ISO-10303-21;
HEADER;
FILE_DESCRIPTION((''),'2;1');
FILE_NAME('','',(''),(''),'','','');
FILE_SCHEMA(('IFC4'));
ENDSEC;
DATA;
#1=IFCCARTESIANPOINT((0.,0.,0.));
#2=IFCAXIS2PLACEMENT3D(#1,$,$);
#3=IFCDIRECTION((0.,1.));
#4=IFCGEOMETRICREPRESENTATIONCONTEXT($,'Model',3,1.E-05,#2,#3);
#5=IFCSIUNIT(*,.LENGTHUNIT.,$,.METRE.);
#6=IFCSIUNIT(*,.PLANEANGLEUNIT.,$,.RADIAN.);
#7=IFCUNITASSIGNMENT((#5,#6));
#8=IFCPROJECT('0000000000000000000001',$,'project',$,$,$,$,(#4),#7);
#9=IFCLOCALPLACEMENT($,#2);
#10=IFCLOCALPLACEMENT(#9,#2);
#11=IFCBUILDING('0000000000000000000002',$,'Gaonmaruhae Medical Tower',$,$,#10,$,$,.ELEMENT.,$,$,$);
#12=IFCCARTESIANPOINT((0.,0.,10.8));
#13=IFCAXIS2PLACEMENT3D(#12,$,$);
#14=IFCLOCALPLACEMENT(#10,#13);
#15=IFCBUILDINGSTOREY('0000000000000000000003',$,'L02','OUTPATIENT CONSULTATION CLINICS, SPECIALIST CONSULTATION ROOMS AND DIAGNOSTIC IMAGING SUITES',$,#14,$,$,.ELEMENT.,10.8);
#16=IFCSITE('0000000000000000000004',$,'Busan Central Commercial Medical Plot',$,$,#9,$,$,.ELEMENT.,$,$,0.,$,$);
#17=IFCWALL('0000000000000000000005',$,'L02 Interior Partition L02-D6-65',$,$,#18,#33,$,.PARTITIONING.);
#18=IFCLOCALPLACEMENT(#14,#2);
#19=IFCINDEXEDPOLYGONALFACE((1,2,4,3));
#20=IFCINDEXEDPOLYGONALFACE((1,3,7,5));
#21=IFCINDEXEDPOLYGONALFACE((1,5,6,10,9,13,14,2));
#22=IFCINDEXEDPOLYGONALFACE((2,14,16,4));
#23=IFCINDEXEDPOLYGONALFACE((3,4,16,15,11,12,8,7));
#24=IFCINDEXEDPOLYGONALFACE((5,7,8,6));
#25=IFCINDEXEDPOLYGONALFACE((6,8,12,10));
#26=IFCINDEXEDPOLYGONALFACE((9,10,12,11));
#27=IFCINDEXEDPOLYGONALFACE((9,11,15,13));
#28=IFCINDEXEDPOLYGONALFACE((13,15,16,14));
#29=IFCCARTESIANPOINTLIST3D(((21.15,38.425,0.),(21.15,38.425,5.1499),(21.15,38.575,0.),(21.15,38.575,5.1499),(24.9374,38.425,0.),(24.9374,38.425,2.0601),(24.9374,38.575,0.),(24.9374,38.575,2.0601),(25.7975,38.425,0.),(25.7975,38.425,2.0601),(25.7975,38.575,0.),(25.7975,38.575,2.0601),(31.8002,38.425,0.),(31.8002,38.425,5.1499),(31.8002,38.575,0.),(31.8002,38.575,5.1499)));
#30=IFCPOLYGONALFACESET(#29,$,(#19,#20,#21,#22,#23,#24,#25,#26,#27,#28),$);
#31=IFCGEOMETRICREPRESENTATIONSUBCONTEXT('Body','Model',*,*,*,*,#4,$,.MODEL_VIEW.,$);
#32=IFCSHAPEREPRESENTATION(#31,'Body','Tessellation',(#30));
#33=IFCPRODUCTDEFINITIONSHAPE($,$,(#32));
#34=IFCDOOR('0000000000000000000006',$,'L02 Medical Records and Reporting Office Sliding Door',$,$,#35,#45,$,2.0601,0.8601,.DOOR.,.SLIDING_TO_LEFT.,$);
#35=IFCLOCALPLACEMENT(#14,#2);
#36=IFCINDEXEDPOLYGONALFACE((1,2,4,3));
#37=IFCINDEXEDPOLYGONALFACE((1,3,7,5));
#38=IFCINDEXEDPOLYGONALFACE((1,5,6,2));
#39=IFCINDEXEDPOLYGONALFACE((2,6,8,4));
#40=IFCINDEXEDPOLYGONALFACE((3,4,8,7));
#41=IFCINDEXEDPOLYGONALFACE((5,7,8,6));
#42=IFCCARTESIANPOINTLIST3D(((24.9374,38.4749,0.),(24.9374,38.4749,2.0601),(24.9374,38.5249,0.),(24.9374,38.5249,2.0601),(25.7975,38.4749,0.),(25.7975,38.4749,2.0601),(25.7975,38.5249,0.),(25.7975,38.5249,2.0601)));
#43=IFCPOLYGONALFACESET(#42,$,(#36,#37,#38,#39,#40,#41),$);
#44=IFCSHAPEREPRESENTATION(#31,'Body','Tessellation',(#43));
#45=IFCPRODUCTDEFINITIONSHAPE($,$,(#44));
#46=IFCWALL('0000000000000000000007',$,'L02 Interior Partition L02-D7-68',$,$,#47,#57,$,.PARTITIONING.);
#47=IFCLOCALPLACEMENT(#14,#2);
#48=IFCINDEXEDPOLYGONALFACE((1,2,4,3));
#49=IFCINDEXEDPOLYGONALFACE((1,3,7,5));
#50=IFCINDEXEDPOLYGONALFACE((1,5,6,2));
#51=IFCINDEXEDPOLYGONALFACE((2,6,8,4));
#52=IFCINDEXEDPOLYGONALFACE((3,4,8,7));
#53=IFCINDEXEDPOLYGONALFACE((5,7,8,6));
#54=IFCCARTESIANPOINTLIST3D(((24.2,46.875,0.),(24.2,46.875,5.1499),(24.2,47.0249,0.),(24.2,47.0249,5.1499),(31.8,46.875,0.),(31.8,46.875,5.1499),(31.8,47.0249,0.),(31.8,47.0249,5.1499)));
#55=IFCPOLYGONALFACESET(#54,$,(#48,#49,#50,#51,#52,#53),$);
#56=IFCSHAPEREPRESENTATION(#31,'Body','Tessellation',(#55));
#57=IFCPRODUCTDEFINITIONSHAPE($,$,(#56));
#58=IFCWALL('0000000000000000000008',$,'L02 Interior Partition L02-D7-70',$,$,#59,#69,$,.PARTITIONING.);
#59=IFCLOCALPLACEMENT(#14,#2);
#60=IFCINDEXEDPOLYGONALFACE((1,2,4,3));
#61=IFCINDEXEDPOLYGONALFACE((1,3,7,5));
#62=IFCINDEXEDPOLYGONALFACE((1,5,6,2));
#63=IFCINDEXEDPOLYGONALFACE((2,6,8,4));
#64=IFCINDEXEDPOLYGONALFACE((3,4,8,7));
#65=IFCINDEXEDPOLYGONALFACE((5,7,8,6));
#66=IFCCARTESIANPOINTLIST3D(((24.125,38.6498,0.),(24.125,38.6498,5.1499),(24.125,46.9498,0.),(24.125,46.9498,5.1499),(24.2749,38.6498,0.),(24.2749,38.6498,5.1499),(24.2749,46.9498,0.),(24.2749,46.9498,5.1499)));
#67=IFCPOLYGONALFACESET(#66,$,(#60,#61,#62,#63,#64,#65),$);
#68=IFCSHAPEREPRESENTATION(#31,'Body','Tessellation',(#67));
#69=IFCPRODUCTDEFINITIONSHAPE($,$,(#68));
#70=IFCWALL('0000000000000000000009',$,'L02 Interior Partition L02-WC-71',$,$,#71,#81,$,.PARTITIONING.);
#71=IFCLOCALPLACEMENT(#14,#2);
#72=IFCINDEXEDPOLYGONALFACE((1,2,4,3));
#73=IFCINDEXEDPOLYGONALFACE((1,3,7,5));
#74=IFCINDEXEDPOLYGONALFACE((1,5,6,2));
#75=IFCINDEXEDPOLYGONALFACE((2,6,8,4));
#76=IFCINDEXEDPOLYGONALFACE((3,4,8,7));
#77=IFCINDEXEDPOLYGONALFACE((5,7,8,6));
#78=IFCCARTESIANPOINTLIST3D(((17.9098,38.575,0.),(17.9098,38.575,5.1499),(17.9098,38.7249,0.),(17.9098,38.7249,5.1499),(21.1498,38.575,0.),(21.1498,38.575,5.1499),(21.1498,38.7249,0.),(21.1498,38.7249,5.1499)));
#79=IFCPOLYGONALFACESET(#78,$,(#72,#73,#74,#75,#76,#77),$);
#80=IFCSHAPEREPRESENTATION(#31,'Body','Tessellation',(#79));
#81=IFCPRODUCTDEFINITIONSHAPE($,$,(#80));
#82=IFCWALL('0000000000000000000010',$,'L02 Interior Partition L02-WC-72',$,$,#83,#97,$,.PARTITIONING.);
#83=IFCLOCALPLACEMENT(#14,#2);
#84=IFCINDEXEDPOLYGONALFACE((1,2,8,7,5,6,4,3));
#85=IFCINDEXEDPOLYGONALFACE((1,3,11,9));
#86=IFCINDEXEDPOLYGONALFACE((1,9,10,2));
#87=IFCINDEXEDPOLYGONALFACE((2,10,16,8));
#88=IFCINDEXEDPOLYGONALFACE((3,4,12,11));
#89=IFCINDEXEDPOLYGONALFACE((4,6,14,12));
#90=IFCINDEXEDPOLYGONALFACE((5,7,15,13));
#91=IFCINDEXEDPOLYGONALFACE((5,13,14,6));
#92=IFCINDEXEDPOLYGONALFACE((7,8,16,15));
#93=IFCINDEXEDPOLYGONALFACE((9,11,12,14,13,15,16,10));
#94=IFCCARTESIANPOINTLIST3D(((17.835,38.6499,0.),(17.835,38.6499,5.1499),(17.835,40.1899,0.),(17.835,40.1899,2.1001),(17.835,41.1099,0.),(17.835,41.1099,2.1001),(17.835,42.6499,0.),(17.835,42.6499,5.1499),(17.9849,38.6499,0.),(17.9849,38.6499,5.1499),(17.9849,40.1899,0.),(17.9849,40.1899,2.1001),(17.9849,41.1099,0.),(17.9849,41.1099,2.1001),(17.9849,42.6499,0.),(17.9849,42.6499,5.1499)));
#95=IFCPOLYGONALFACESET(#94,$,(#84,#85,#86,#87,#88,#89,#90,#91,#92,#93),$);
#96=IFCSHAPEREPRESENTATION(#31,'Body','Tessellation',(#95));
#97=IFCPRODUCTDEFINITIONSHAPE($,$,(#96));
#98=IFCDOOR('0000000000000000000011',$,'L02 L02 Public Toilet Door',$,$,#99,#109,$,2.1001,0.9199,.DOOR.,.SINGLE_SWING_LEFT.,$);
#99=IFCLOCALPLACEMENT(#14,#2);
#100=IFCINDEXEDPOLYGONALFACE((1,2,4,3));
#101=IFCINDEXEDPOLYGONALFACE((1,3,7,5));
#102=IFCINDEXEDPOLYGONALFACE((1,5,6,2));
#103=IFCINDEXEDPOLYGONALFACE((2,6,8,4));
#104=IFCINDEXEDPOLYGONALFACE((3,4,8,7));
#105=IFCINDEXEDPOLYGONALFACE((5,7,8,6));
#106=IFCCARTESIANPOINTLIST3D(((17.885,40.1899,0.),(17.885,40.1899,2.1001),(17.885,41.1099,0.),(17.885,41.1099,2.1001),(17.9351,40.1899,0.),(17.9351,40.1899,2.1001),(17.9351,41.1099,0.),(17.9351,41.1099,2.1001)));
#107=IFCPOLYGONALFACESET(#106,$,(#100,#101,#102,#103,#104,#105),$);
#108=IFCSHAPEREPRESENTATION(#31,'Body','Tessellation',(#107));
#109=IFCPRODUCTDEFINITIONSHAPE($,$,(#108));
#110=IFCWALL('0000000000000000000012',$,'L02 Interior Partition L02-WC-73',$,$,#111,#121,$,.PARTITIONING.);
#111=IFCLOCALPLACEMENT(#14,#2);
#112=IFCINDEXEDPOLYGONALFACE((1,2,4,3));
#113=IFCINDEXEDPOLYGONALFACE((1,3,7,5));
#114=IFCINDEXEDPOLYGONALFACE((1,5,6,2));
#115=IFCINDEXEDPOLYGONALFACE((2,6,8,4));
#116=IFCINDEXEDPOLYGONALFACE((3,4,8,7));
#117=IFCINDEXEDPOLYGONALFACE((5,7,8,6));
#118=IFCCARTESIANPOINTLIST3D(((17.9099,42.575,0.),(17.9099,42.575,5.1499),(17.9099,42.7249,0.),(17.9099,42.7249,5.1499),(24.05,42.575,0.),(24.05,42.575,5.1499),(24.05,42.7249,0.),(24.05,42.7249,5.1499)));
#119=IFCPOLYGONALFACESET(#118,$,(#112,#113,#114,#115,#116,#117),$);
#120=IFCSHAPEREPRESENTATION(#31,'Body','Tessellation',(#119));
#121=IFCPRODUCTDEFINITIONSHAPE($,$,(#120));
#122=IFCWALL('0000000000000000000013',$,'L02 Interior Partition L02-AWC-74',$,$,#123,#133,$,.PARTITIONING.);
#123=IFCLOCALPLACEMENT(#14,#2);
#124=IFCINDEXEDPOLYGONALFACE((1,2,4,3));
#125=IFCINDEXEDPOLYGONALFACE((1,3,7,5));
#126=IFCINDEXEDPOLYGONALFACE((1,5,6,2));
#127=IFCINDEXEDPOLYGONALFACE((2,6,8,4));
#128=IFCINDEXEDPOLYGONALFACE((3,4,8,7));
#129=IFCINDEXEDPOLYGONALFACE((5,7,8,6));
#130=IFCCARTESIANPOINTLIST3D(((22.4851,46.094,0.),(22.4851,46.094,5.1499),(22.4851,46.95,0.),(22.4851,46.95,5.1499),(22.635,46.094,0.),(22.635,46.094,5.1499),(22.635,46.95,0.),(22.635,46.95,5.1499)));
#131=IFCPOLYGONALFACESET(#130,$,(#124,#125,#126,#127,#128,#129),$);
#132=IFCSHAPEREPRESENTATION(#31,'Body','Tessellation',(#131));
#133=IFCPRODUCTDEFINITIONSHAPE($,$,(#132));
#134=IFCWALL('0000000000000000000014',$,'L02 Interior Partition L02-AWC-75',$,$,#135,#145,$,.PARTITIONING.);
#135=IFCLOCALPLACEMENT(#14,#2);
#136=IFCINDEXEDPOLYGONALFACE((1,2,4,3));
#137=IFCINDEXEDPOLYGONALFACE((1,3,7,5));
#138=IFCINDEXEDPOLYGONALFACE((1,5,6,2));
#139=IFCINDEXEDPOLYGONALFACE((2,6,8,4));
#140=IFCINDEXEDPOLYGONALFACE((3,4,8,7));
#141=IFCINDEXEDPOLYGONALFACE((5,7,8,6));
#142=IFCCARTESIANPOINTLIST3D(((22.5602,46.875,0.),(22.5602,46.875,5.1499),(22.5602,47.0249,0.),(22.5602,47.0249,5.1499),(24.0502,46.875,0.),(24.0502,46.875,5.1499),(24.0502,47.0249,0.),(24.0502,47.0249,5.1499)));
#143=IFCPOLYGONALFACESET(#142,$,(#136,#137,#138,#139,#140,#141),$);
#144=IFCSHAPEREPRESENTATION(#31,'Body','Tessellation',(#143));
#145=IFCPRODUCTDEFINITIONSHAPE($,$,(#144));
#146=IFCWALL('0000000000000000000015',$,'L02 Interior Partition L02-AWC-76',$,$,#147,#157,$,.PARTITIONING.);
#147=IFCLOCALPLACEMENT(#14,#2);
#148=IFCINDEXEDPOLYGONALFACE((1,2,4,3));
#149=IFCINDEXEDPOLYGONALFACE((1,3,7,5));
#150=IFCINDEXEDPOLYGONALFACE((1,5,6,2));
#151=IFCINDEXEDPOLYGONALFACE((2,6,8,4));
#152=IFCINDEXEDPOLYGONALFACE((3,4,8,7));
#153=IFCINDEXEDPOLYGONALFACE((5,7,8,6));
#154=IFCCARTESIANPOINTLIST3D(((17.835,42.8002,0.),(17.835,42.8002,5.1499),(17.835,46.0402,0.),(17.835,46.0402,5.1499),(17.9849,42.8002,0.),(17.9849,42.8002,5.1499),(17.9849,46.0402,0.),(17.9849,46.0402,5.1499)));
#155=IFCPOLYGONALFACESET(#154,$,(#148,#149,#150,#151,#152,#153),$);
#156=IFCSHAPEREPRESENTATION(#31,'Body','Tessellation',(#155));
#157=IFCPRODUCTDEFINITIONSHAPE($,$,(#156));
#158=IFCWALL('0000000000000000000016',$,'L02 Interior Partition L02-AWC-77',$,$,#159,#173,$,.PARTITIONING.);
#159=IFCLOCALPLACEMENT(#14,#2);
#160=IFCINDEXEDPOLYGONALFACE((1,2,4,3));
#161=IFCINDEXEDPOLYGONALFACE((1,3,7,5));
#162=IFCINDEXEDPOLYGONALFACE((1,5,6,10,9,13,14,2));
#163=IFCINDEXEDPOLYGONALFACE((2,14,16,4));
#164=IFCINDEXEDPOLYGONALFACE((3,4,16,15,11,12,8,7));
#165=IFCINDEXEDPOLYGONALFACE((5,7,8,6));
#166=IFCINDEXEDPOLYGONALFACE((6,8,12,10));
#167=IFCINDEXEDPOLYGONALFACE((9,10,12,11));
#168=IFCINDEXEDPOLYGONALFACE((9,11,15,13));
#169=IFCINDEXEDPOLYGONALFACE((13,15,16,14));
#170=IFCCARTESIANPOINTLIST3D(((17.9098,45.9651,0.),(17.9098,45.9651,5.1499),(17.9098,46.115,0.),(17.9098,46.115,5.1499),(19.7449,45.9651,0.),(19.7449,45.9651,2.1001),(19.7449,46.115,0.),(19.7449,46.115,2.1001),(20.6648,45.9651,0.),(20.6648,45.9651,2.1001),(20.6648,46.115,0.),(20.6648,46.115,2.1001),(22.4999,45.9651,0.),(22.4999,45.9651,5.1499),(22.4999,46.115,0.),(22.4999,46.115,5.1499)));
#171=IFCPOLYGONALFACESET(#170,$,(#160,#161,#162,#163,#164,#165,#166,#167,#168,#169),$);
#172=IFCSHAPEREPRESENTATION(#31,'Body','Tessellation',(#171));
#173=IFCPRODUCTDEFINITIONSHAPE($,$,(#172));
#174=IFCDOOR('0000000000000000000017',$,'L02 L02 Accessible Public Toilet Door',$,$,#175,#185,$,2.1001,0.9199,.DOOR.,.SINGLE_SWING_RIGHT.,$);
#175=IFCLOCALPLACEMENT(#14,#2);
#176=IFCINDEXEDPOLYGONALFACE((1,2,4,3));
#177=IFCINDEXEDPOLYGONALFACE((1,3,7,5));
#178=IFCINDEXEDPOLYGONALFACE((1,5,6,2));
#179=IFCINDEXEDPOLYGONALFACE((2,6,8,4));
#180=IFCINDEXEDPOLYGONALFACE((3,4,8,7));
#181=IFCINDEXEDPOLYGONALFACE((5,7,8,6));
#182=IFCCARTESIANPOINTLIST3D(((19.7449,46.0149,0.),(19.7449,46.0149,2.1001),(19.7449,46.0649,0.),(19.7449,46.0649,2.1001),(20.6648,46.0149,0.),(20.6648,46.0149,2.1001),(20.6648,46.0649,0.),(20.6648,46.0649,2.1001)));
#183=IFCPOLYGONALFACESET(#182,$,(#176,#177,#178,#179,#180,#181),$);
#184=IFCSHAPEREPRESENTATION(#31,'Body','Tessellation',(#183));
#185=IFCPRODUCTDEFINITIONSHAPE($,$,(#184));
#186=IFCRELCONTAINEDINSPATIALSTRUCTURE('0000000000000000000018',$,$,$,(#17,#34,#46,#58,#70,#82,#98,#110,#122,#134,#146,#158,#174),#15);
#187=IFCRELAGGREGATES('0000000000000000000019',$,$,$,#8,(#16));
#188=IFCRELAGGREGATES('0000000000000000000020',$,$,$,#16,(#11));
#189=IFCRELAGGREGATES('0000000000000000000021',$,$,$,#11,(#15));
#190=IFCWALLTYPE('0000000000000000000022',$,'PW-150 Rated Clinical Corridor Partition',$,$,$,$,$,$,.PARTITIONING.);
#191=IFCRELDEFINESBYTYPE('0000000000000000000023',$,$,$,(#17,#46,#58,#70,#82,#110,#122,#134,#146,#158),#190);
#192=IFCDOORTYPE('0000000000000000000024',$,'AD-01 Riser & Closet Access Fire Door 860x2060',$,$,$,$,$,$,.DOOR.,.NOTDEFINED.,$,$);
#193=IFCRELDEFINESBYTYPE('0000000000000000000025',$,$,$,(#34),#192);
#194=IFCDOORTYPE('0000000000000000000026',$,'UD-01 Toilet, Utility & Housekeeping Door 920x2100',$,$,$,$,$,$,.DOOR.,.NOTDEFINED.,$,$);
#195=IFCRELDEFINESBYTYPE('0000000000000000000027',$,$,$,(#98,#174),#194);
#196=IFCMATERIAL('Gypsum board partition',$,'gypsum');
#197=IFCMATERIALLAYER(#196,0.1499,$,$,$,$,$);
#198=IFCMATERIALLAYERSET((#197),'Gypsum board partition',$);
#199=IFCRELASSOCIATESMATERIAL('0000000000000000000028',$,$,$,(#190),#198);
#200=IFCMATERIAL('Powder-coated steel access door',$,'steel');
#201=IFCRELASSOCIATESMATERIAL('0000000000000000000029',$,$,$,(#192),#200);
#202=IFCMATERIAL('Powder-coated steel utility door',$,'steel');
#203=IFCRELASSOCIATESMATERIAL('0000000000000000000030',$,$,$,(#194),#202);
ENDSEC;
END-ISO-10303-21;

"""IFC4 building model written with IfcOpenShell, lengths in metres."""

from ifc_helpers import new_model, si_unit, direction, frame, frame_2d, origin, place, context, subcontext, project, spatial, rectangle, extrude, material, layer, layer_set, type_object, element, fill, save


model = new_model("IFC4")

# Units and contexts
model_context = context("Model", 3, precision=1e-05, world=origin(), true_north=direction((0.0, 1.0)))
body_context = subcontext(model_context, "Body", "Model", "MODEL_VIEW")
ifc_project = project(units=[si_unit("LENGTHUNIT", "METRE"), si_unit("PLANEANGLEUNIT", "RADIAN")], contexts=[model_context])

# Site, building, storey
site_placement = place(None, origin())
site = spatial("IfcSite", under=ifc_project, at=site_placement, Name="Busan Central Commercial Medical Plot", CompositionType="ELEMENT", RefElevation=0.0)
building_placement = place(site_placement, origin())
building = spatial("IfcBuilding", under=site, at=building_placement, Name="Gaonmaruhae Medical Tower", CompositionType="ELEMENT")
storey_placement = place(building_placement, frame((0.0, 0.0, 10.8)))
storey = spatial("IfcBuildingStorey", under=building, at=storey_placement, Name="L02", Description="OUTPATIENT CONSULTATION CLINICS, SPECIALIST CONSULTATION ROOMS AND DIAGNOSTIC IMAGING SUITES", CompositionType="ELEMENT", Elevation=10.8)

# Wall, opening, door
ifc_material_1 = material(Name="Gypsum board partition", Category="gypsum")
ifc_layer_1 = layer(ifc_material_1, 0.1499)
ifc_layer_set_1 = layer_set([ifc_layer_1], Name="Gypsum board partition")
wall_type_1 = type_object("IfcWallType", Name="PW-150 Rated Clinical Corridor Partition", PredefinedType="PARTITIONING", material=ifc_layer_set_1)
wall_1_placement = place(storey_placement, frame((21.1499, 38.5, 0.0), z_axis=(0.0, 0.0, 1.0), x_axis=(1.0, 0.0, 0.0)))
wall_1 = element("IfcWall", 1, at=wall_1_placement, inside=storey, type_object=wall_type_1, Name="L02 Interior Partition L02-D6-65", PredefinedType="PARTITIONING", context=body_context, shape_type="SweptSolid", body=[
    extrude(rectangle(XDim=10.6501, YDim=0.1499, at=frame_2d((5.3252, 0.0))), origin(), (0.0, 0.0, 1.0), 5.1499),
])
opening_1_placement = place(wall_1_placement, frame((3.7874, 0.0, 0.0)))
opening_1 = element("IfcOpeningElement", 2, at=opening_1_placement, cuts=wall_1, PredefinedType="OPENING", context=body_context, shape_type="SweptSolid", body=[
    extrude(rectangle(XDim=0.8601, YDim=2.0601, at=frame_2d((0.4302, 1.03))), frame((0.0, 0.085, 0.0), z_axis=(0.0, -1.0, 0.0), x_axis=(1.0, 0.0, 0.0)), (0.0, 0.0, 1.0), 0.1699),
])
ifc_material_2 = material(Name="Powder-coated steel access door", Category="steel")
door_type_1 = type_object("IfcDoorType", Name="AD-01 Riser & Closet Access Fire Door 860x2060", OperationType="NOTDEFINED", PredefinedType="DOOR", material=ifc_material_2)
door_1_placement = place(opening_1_placement, origin())
door_1 = element("IfcDoor", 3, at=door_1_placement, inside=storey, type_object=door_type_1, Name="L02 Medical Records and Reporting Office Sliding Door", OperationType="SLIDING_TO_LEFT", OverallHeight=2.0601, OverallWidth=0.8601, PredefinedType="DOOR", context=body_context, shape_type="SweptSolid", body=[
    extrude(rectangle(XDim=0.8601, YDim=2.0601, at=frame_2d((0.4302, 1.03))), frame((0.0, 0.0249, 0.0), z_axis=(0.0, -1.0, 0.0), x_axis=(1.0, 0.0, 0.0)), (0.0, 0.0, 1.0), 0.05),
])
fill(opening_1, door_1)

# Walls
wall_2_placement = place(storey_placement, frame((24.2, 46.95, 0.0), z_axis=(0.0, 0.0, 1.0), x_axis=(1.0, 0.0, 0.0)))
element("IfcWall", 4, at=wall_2_placement, inside=storey, type_object=wall_type_1, Name="L02 Interior Partition L02-D7-68", PredefinedType="PARTITIONING", context=body_context, shape_type="SweptSolid", body=[
    extrude(rectangle(XDim=7.6001, YDim=0.1499, at=frame_2d((3.8, 0.0))), origin(), (0.0, 0.0, 1.0), 5.1499),
])
wall_3_placement = place(storey_placement, frame((24.2, 38.6499, 0.0), z_axis=(0.0, 0.0, 1.0), x_axis=(0.0, 1.0, 0.0)))
element("IfcWall", 5, at=wall_3_placement, inside=storey, type_object=wall_type_1, Name="L02 Interior Partition L02-D7-70", PredefinedType="PARTITIONING", context=body_context, shape_type="SweptSolid", body=[
    extrude(rectangle(XDim=8.3, YDim=0.1499, at=frame_2d((4.1499, 0.0))), origin(), (0.0, 0.0, 1.0), 5.1499),
])
wall_4_placement = place(storey_placement, frame((21.1499, 38.6499, 0.0), z_axis=(0.0, 0.0, 1.0), x_axis=(-1.0, 0.0, 0.0)))
element("IfcWall", 6, at=wall_4_placement, inside=storey, type_object=wall_type_1, Name="L02 Interior Partition L02-WC-71", PredefinedType="PARTITIONING", context=body_context, shape_type="SweptSolid", body=[
    extrude(rectangle(XDim=3.24, YDim=0.1499, at=frame_2d((1.6201, 0.0))), origin(), (0.0, 0.0, 1.0), 5.1499),
])

# Wall, opening, door
wall_5_placement = place(storey_placement, frame((17.9099, 38.6499, 0.0), z_axis=(0.0, 0.0, 1.0), x_axis=(0.0, 1.0, 0.0)))
wall_5 = element("IfcWall", 7, at=wall_5_placement, inside=storey, type_object=wall_type_1, Name="L02 Interior Partition L02-WC-72", PredefinedType="PARTITIONING", context=body_context, shape_type="SweptSolid", body=[
    extrude(rectangle(XDim=4.0, YDim=0.1499, at=frame_2d((2.0, 0.0))), origin(), (0.0, 0.0, 1.0), 5.1499),
])
opening_2_placement = place(wall_5_placement, frame((1.54, 0.0, 0.0)))
opening_2 = element("IfcOpeningElement", 8, at=opening_2_placement, cuts=wall_5, PredefinedType="OPENING", context=body_context, shape_type="SweptSolid", body=[
    extrude(rectangle(XDim=0.9199, YDim=2.1001, at=frame_2d((0.46, 1.05))), frame((0.0, 0.085, 0.0), z_axis=(0.0, -1.0, 0.0), x_axis=(1.0, 0.0, 0.0)), (0.0, 0.0, 1.0), 0.1699),
])
ifc_material_3 = material(Name="Powder-coated steel utility door", Category="steel")
door_type_2 = type_object("IfcDoorType", Name="UD-01 Toilet, Utility & Housekeeping Door 920x2100", OperationType="NOTDEFINED", PredefinedType="DOOR", material=ifc_material_3)
door_2_placement = place(opening_2_placement, origin())
door_2 = element("IfcDoor", 9, at=door_2_placement, inside=storey, type_object=door_type_2, Name="L02 L02 Public Toilet Door", OperationType="SINGLE_SWING_LEFT", OverallHeight=2.1001, OverallWidth=0.9199, PredefinedType="DOOR", context=body_context, shape_type="SweptSolid", body=[
    extrude(rectangle(XDim=0.9199, YDim=2.1001, at=frame_2d((0.46, 1.05))), frame((0.0, 0.0249, 0.0), z_axis=(0.0, -1.0, 0.0), x_axis=(1.0, 0.0, 0.0)), (0.0, 0.0, 1.0), 0.05),
])
fill(opening_2, door_2)

# Walls
wall_6_placement = place(storey_placement, frame((17.9099, 42.6499, 0.0), z_axis=(0.0, 0.0, 1.0), x_axis=(1.0, 0.0, 0.0)))
element("IfcWall", 10, at=wall_6_placement, inside=storey, type_object=wall_type_1, Name="L02 Interior Partition L02-WC-73", PredefinedType="PARTITIONING", context=body_context, shape_type="SweptSolid", body=[
    extrude(rectangle(XDim=6.1401, YDim=0.1499, at=frame_2d((3.0701, 0.0))), origin(), (0.0, 0.0, 1.0), 5.1499),
])
wall_7_placement = place(storey_placement, frame((22.5601, 46.094, 0.0), z_axis=(0.0, 0.0, 1.0), x_axis=(0.0, 1.0, 0.0)))
element("IfcWall", 11, at=wall_7_placement, inside=storey, type_object=wall_type_1, Name="L02 Interior Partition L02-AWC-74", PredefinedType="PARTITIONING", context=body_context, shape_type="SweptSolid", body=[
    extrude(rectangle(XDim=0.856, YDim=0.1499, at=frame_2d((0.428, 0.0))), origin(), (0.0, 0.0, 1.0), 5.1499),
])
wall_8_placement = place(storey_placement, frame((22.5601, 46.95, 0.0), z_axis=(0.0, 0.0, 1.0), x_axis=(1.0, 0.0, 0.0)))
element("IfcWall", 12, at=wall_8_placement, inside=storey, type_object=wall_type_1, Name="L02 Interior Partition L02-AWC-75", PredefinedType="PARTITIONING", context=body_context, shape_type="SweptSolid", body=[
    extrude(rectangle(XDim=1.49, YDim=0.1499, at=frame_2d((0.7451, 0.0))), origin(), (0.0, 0.0, 1.0), 5.1499),
])
wall_9_placement = place(storey_placement, frame((17.9099, 42.8, 0.0), z_axis=(0.0, 0.0, 1.0), x_axis=(0.0, 1.0, 0.0)))
element("IfcWall", 13, at=wall_9_placement, inside=storey, type_object=wall_type_1, Name="L02 Interior Partition L02-AWC-76", PredefinedType="PARTITIONING", context=body_context, shape_type="SweptSolid", body=[
    extrude(rectangle(XDim=3.24, YDim=0.1499, at=frame_2d((1.6201, 0.0))), origin(), (0.0, 0.0, 1.0), 5.1499),
])

# Wall, opening, door
wall_10_placement = place(storey_placement, frame((17.9099, 46.04, 0.0), z_axis=(0.0, 0.0, 1.0), x_axis=(1.0, 0.0, 0.0)))
wall_10 = element("IfcWall", 14, at=wall_10_placement, inside=storey, type_object=wall_type_1, Name="L02 Interior Partition L02-AWC-77", PredefinedType="PARTITIONING", context=body_context, shape_type="SweptSolid", body=[
    extrude(rectangle(XDim=4.5901, YDim=0.1499, at=frame_2d((2.2949, 0.0))), origin(), (0.0, 0.0, 1.0), 5.1499),
])
opening_3_placement = place(wall_10_placement, frame((1.835, 0.0, 0.0)))
opening_3 = element("IfcOpeningElement", 15, at=opening_3_placement, cuts=wall_10, PredefinedType="OPENING", context=body_context, shape_type="SweptSolid", body=[
    extrude(rectangle(XDim=0.9199, YDim=2.1001, at=frame_2d((0.46, 1.05))), frame((0.0, 0.085, 0.0), z_axis=(0.0, -1.0, 0.0), x_axis=(1.0, 0.0, 0.0)), (0.0, 0.0, 1.0), 0.1699),
])
door_3_placement = place(opening_3_placement, origin())
door_3 = element("IfcDoor", 16, at=door_3_placement, inside=storey, type_object=door_type_2, Name="L02 L02 Accessible Public Toilet Door", OperationType="SINGLE_SWING_RIGHT", OverallHeight=2.1001, OverallWidth=0.9199, PredefinedType="DOOR", context=body_context, shape_type="SweptSolid", body=[
    extrude(rectangle(XDim=0.9199, YDim=2.1001, at=frame_2d((0.46, 1.05))), frame((0.0, 0.0249, 0.0), z_axis=(0.0, -1.0, 0.0), x_axis=(1.0, 0.0, 0.0)), (0.0, 0.0, 1.0), 0.05),
])
fill(opening_3, door_3)

save(model, "model.ifc")
